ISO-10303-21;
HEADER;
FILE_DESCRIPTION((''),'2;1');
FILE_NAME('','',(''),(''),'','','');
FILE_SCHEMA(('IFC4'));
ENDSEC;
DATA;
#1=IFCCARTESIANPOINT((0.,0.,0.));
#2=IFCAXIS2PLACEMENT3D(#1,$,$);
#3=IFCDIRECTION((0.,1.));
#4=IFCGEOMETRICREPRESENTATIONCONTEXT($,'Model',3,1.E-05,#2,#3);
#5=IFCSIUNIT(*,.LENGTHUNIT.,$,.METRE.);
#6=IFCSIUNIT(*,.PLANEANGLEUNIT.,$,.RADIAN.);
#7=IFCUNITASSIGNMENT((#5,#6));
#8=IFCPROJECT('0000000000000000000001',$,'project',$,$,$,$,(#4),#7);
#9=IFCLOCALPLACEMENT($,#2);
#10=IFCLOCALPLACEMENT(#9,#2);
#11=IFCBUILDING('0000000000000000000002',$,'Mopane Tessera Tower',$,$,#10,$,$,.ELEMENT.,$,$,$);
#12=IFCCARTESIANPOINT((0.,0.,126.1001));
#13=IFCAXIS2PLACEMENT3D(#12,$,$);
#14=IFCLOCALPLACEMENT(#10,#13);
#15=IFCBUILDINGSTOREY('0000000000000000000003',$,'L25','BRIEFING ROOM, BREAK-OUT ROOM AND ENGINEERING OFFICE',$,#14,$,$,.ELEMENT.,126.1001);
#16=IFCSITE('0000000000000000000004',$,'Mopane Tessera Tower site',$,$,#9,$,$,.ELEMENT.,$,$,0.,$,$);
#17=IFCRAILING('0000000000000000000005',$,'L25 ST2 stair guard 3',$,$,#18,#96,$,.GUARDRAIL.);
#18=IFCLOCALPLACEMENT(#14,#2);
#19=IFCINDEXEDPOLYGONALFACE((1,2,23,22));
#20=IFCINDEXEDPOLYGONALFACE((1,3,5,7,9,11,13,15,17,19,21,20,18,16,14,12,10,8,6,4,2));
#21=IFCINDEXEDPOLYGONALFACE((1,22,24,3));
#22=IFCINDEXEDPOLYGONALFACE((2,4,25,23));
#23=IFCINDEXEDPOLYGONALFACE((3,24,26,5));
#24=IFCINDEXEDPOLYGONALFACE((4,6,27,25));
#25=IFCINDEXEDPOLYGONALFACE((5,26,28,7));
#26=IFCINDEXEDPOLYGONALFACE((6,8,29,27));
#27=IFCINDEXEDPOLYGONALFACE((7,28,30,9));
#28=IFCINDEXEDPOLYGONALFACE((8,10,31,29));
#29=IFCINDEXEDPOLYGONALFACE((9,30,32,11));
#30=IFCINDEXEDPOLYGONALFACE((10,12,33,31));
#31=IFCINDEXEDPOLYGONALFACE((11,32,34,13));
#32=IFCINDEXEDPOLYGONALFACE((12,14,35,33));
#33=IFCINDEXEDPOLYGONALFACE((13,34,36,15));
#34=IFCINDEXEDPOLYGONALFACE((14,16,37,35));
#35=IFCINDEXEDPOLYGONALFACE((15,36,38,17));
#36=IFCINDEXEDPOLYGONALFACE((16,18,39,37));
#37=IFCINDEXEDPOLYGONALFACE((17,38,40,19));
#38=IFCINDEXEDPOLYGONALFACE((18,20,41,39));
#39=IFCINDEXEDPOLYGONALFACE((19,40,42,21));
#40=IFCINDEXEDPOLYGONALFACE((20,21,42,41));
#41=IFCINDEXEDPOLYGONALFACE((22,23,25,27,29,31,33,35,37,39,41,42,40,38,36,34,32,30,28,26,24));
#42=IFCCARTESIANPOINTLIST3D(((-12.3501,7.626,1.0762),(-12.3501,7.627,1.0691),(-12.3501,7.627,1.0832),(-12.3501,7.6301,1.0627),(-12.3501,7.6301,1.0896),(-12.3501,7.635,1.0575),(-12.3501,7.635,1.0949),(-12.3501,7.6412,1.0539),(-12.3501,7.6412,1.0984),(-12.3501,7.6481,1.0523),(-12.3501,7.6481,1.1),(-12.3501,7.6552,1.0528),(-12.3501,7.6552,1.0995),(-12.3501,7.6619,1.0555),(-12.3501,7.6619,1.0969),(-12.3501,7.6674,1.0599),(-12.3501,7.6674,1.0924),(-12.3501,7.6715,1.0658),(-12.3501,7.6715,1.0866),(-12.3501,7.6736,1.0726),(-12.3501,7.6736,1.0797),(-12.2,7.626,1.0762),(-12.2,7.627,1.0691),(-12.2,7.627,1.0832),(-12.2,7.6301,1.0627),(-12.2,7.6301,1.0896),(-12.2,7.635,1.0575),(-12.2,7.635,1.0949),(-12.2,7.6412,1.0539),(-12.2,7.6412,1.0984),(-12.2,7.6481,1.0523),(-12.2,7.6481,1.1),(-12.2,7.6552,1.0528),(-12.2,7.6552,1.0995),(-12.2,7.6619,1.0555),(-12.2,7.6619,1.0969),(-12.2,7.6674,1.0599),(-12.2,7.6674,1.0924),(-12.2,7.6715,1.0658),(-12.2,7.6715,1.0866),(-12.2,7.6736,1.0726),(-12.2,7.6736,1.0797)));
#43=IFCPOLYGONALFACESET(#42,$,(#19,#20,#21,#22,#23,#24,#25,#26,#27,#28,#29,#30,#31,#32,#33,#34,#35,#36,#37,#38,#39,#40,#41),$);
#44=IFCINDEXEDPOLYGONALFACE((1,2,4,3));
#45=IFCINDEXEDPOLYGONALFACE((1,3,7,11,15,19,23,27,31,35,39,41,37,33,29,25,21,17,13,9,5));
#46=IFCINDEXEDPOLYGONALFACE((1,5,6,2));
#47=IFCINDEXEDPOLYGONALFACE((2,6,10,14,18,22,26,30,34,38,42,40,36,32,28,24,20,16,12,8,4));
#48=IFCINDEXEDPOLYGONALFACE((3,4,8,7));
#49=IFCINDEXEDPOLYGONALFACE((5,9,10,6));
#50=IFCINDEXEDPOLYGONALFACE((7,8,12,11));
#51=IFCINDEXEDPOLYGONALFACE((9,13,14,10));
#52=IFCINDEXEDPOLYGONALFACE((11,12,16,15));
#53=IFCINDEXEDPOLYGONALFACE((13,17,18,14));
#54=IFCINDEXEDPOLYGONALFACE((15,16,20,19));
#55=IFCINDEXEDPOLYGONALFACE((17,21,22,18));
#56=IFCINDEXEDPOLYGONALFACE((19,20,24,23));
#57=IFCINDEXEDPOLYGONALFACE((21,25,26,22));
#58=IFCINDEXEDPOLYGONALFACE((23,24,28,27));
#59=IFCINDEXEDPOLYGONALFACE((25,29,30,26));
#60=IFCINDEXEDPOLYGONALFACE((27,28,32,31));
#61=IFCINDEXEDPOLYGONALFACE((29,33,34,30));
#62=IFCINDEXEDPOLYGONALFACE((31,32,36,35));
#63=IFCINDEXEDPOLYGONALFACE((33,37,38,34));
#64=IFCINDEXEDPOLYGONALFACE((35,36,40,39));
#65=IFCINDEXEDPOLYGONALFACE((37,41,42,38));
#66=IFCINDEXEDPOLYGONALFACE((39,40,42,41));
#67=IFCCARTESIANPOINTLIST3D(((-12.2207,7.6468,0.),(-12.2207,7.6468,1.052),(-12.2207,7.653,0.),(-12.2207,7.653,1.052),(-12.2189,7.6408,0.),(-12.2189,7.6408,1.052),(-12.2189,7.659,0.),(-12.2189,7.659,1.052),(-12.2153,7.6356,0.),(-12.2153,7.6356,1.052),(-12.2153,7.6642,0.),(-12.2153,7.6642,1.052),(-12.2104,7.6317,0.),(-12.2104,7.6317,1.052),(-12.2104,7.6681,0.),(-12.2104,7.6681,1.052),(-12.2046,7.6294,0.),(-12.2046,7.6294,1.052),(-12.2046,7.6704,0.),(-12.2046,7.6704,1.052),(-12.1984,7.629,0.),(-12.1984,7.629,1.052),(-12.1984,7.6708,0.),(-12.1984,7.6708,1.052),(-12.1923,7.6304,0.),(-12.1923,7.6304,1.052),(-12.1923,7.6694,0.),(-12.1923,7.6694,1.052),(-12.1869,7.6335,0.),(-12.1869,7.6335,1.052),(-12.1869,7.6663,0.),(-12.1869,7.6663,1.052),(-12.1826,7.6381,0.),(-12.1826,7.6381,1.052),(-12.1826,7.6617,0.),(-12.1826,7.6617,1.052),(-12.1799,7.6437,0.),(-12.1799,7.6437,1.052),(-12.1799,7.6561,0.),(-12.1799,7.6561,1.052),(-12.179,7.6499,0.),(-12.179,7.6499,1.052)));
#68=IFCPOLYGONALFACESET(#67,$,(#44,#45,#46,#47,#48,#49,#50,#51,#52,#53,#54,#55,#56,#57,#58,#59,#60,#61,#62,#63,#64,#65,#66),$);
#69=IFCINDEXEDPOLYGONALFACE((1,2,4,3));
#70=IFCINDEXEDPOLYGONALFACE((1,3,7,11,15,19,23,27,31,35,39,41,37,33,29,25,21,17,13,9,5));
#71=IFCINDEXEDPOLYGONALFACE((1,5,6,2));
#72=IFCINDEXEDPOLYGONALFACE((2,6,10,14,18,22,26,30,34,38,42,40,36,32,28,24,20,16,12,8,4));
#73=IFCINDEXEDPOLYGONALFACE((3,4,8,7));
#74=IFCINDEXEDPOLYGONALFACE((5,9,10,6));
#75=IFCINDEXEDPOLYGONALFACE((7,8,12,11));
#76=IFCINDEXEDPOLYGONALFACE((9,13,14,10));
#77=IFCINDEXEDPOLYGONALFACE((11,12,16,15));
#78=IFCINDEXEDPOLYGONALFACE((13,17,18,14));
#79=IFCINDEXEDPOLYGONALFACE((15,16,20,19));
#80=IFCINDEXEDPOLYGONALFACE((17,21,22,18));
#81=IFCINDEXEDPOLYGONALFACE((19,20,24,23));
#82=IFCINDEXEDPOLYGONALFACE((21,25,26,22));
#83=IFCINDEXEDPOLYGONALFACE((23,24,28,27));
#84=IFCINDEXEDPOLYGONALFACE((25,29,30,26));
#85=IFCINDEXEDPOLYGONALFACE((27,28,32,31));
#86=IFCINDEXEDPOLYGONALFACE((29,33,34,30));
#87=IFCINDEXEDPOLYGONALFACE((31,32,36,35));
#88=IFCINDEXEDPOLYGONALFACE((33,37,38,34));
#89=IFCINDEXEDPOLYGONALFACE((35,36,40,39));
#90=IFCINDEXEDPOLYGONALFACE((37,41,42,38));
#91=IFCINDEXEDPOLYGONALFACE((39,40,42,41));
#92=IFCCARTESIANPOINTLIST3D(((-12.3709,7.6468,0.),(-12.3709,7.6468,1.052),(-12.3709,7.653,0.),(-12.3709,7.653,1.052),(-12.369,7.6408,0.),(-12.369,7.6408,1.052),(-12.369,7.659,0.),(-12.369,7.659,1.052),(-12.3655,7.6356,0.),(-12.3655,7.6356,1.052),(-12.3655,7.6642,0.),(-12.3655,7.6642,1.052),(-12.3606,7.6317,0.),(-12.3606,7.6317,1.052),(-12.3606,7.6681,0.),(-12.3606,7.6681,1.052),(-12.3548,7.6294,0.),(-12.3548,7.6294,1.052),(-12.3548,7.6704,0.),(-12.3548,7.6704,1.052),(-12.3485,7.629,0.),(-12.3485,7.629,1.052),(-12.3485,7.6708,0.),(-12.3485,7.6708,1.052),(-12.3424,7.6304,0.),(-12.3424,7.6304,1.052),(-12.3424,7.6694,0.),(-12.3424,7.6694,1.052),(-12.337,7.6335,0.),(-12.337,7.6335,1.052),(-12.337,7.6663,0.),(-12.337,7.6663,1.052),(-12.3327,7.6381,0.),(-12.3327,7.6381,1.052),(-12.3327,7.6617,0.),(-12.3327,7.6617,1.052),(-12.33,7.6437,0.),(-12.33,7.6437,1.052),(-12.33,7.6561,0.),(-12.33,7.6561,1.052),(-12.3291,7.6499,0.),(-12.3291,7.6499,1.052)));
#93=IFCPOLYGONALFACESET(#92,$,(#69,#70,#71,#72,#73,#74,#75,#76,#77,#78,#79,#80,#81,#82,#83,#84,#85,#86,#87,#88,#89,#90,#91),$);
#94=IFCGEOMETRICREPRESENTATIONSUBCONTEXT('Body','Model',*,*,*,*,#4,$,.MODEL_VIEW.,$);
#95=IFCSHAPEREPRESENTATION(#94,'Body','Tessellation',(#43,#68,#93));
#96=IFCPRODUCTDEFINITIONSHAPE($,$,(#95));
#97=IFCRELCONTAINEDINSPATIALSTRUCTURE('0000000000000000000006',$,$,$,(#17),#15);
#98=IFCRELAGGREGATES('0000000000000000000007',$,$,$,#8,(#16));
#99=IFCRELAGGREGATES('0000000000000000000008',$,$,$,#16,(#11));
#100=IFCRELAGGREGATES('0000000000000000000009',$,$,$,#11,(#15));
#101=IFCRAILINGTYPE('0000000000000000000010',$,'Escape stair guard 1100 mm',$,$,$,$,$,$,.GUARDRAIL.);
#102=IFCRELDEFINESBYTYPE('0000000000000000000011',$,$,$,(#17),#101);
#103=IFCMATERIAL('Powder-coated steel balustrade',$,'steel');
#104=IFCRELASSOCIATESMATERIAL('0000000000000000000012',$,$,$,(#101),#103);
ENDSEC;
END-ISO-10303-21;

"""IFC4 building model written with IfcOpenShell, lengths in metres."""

from ifc_helpers import new_model, si_unit, direction, frame, origin, origin_2d, place, context, subcontext, project, spatial, circle, extrude, material, type_object, element, save


model = new_model("IFC4")

# Units and contexts
model_context = context("Model", 3, precision=1e-05, world=origin(), true_north=direction((0.0, 1.0)))
body_context = subcontext(model_context, "Body", "Model", "MODEL_VIEW")
ifc_project = project(units=[si_unit("LENGTHUNIT", "METRE"), si_unit("PLANEANGLEUNIT", "RADIAN")], contexts=[model_context])

# Site, building, storey
site_placement = place(None, origin())
site = spatial("IfcSite", under=ifc_project, at=site_placement, Name="Mopane Tessera Tower site", CompositionType="ELEMENT", RefElevation=0.0)
building_placement = place(site_placement, origin())
building = spatial("IfcBuilding", under=site, at=building_placement, Name="Mopane Tessera Tower", CompositionType="ELEMENT")
storey_placement = place(building_placement, frame((0.0, 0.0, 126.1001)))
storey = spatial("IfcBuildingStorey", under=building, at=storey_placement, Name="L25", Description="BRIEFING ROOM, BREAK-OUT ROOM AND ENGINEERING OFFICE", CompositionType="ELEMENT", Elevation=126.1001)

# Railing
ifc_material_1 = material(Name="Powder-coated steel balustrade", Category="steel")
railing_type_1 = type_object("IfcRailingType", Name="Escape stair guard 1100 mm", PredefinedType="GUARDRAIL", material=ifc_material_1)
railing_1_placement = place(storey_placement, frame((-12.2, 7.6499, 0.0)))
element("IfcRailing", 1, at=railing_1_placement, inside=storey, type_object=railing_type_1, Name="L25 ST2 stair guard 3", PredefinedType="GUARDRAIL", context=body_context, shape_type="SweptSolid", body=[
    extrude(circle(Radius=0.0239, at=origin_2d()), frame((0.0, 0.0, 1.0762), z_axis=(-1.0, 0.0, 0.0), x_axis=(0.0, -1.0, 0.0)), (0.0, 0.0, 1.0), 0.1501),
    extrude(circle(Radius=0.021, at=origin_2d()), origin(), (0.0, 0.0, 1.0), 1.052),
    extrude(circle(Radius=0.021, at=origin_2d()), frame((-0.1501, 0.0, 0.0)), (0.0, 0.0, 1.0), 1.052),
])

save(model, "model.ifc")
